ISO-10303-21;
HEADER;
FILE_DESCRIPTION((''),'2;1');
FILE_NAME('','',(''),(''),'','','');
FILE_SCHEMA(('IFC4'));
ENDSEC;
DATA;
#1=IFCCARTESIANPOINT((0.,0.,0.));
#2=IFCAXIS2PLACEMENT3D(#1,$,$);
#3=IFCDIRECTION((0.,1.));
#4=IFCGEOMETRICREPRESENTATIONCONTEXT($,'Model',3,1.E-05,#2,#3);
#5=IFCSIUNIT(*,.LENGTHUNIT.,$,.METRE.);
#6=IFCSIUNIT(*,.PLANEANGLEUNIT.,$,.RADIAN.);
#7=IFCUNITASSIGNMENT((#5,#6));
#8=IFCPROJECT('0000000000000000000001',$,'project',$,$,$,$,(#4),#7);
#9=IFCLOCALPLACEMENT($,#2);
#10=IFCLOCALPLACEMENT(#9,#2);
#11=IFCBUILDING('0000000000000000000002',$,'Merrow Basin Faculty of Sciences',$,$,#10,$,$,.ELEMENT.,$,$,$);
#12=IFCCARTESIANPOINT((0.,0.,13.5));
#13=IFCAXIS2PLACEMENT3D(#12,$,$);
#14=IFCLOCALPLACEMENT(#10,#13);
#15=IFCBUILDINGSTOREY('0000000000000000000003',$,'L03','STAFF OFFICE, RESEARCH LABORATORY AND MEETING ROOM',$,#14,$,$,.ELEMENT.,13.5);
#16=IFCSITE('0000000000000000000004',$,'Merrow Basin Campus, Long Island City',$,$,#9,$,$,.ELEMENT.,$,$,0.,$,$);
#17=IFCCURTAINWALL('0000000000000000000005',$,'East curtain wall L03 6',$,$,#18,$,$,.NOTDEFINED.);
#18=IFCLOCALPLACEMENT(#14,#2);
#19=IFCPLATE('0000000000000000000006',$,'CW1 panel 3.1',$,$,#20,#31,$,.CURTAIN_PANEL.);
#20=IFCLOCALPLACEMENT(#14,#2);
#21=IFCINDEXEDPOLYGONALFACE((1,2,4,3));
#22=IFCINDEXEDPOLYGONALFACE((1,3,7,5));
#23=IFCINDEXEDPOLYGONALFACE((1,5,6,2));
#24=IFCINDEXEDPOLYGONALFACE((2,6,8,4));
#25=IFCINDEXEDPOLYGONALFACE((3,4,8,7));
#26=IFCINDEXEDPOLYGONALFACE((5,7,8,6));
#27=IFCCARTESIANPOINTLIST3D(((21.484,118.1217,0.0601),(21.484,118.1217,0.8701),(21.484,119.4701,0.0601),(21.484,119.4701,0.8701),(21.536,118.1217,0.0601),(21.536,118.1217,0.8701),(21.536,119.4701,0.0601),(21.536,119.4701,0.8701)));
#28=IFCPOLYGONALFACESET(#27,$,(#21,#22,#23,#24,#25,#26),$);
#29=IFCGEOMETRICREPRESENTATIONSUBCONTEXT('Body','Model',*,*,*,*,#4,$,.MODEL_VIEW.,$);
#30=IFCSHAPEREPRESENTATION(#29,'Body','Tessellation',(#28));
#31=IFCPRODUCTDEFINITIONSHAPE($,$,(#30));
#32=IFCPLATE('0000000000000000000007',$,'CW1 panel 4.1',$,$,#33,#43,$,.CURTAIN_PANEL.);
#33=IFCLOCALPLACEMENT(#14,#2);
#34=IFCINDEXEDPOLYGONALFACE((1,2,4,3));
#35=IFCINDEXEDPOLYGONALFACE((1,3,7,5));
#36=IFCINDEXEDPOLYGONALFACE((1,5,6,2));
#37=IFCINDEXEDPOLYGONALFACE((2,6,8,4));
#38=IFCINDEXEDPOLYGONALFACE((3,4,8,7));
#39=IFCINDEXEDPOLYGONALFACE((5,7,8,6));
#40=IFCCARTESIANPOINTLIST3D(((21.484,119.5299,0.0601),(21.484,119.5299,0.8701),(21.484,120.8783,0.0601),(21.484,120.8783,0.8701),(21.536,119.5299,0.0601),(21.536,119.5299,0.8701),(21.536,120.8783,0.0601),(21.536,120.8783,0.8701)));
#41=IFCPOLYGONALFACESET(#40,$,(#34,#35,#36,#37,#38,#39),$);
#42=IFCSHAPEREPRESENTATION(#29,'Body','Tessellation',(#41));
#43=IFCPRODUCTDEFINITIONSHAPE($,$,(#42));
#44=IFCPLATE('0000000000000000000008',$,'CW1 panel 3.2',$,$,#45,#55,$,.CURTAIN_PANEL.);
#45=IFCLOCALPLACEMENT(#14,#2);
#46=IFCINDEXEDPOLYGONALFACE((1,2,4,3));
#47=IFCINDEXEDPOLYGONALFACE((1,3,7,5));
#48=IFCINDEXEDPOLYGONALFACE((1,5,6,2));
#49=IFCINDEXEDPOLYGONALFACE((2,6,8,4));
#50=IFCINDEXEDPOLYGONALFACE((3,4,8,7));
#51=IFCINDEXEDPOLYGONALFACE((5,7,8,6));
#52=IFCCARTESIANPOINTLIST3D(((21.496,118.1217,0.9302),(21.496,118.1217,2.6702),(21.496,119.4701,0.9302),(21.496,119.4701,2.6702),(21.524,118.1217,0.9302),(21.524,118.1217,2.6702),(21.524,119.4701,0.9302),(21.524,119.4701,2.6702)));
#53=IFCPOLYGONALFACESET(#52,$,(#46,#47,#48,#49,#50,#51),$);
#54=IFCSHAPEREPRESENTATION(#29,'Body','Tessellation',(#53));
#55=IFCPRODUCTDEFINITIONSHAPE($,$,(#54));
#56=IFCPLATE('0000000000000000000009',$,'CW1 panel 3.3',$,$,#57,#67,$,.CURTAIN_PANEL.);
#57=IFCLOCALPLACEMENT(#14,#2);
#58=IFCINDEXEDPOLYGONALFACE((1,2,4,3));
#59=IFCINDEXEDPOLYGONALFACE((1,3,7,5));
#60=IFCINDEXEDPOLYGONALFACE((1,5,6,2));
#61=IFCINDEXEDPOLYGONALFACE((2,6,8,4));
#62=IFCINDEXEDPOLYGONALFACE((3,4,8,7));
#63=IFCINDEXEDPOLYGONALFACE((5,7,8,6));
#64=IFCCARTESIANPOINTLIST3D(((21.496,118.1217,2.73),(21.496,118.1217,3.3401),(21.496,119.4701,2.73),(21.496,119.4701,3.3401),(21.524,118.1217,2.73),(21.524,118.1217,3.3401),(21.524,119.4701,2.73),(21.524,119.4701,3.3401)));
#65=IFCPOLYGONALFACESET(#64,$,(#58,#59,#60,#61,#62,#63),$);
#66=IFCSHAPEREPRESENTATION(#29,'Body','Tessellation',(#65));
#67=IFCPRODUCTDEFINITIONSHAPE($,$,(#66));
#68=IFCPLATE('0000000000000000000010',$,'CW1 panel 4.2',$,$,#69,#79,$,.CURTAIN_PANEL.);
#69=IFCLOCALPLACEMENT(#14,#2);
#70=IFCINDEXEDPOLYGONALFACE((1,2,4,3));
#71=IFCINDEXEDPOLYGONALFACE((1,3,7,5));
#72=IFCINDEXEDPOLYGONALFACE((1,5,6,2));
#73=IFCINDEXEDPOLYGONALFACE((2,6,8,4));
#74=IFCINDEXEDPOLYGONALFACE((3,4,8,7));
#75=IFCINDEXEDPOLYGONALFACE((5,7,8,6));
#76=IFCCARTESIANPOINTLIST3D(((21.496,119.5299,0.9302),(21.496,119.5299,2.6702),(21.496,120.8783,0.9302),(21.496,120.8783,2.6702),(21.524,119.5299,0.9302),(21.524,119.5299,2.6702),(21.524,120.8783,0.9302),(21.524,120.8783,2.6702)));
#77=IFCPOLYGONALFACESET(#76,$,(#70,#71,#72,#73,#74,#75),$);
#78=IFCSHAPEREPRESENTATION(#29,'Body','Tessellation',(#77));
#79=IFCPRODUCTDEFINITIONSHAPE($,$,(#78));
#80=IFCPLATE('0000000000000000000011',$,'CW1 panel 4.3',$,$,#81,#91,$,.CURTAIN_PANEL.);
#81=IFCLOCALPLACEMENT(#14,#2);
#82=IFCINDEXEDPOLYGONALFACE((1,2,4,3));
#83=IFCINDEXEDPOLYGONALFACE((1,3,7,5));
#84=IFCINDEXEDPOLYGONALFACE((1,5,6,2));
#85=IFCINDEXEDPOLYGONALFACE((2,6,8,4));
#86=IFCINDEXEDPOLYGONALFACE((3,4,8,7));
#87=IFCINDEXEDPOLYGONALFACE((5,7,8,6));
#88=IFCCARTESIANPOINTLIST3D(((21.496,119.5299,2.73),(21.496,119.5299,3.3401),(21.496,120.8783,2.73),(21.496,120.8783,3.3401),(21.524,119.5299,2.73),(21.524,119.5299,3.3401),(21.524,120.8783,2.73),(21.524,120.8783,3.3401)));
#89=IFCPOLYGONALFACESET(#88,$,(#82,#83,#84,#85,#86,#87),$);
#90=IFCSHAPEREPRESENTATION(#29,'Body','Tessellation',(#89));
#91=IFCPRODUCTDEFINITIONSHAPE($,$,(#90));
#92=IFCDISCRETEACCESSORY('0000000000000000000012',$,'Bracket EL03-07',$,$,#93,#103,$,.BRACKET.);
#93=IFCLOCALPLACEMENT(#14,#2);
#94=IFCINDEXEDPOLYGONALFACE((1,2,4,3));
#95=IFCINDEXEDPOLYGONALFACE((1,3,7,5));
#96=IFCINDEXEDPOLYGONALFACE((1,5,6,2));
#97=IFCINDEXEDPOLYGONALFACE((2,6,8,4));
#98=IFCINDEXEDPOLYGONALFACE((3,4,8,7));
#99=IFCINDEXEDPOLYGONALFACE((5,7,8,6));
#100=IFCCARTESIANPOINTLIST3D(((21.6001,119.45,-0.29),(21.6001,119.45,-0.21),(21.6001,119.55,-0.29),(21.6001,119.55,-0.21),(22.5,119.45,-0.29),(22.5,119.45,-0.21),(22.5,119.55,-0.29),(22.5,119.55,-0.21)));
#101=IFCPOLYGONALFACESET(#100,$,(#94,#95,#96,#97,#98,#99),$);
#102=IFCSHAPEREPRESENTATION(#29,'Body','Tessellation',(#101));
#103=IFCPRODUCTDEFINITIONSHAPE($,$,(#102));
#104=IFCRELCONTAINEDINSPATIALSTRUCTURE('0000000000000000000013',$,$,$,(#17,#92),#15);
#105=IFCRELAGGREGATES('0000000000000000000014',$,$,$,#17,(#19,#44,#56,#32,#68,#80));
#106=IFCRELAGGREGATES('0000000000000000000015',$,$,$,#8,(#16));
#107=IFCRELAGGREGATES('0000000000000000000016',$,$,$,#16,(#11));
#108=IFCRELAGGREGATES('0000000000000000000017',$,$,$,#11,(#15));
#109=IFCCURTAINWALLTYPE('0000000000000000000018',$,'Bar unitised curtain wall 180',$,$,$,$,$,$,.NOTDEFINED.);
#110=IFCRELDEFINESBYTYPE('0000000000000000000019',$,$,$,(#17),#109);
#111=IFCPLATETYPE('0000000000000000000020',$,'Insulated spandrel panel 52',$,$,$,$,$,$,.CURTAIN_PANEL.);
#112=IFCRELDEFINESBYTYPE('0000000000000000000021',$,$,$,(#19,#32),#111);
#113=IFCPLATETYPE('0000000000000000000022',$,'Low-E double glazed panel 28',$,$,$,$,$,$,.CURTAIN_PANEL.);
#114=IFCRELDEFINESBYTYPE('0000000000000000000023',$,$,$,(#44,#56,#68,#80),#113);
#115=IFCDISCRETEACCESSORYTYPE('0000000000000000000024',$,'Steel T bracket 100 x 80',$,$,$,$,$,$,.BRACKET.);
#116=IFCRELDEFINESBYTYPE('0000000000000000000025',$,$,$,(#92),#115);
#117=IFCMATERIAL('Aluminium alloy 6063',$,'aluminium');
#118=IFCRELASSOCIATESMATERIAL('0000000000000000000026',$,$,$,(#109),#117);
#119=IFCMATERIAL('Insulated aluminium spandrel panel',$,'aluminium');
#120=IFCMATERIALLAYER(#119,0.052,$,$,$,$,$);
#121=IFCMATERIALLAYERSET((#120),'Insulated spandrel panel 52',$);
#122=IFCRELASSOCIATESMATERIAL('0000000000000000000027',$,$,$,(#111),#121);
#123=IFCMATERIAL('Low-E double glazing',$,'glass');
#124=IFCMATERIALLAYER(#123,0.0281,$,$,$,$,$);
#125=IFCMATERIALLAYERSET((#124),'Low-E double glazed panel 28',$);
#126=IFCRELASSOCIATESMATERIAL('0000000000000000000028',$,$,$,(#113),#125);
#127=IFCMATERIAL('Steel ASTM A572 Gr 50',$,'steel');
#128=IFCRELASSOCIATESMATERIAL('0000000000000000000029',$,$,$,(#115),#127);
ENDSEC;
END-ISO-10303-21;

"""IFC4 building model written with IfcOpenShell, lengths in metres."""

from ifc_helpers import new_model, si_unit, direction, frame, origin, origin_2d, place, context, subcontext, project, spatial, polyline, rectangle, outline, extrude, source, transform, mapped, material, layer, layer_set, type_object, element, aggregate, save


model = new_model("IFC4")

# Units and contexts
model_context = context("Model", 3, precision=1e-05, world=origin(), true_north=direction((0.0, 1.0)))
body_context = subcontext(model_context, "Body", "Model", "MODEL_VIEW")
ifc_project = project(units=[si_unit("LENGTHUNIT", "METRE"), si_unit("PLANEANGLEUNIT", "RADIAN")], contexts=[model_context])

# Site, building, storey
site_placement = place(None, origin())
site = spatial("IfcSite", under=ifc_project, at=site_placement, Name="Merrow Basin Campus, Long Island City", CompositionType="ELEMENT", RefElevation=0.0)
building_placement = place(site_placement, origin())
building = spatial("IfcBuilding", under=site, at=building_placement, Name="Merrow Basin Faculty of Sciences", CompositionType="ELEMENT")
storey_placement = place(building_placement, frame((0.0, 0.0, 13.5)))
storey = spatial("IfcBuildingStorey", under=building, at=storey_placement, Name="L03", Description="STAFF OFFICE, RESEARCH LABORATORY AND MEETING ROOM", CompositionType="ELEMENT", Elevation=13.5)

# Curtain wall, plates
ifc_material_1 = material(Name="Aluminium alloy 6063", Category="aluminium")
curtain_wall_type = type_object("IfcCurtainWallType", Name="Bar unitised curtain wall 180", PredefinedType="NOTDEFINED", material=ifc_material_1)
curtain_wall_placement = place(storey_placement, origin())
curtain_wall = element("IfcCurtainWall", 1, at=curtain_wall_placement, inside=storey, type_object=curtain_wall_type, Name="East curtain wall L03 6", PredefinedType="NOTDEFINED")
ifc_material_2 = material(Name="Insulated aluminium spandrel panel", Category="aluminium")
ifc_layer_1 = layer(ifc_material_2, 0.052)
ifc_layer_set_1 = layer_set([ifc_layer_1], Name="Insulated spandrel panel 52")
plate_type_1 = type_object("IfcPlateType", Name="Insulated spandrel panel 52", PredefinedType="CURTAIN_PANEL", material=ifc_layer_set_1)
plate_1_placement = place(storey_placement, frame((21.51, 118.7959, 0.0601), z_axis=(0.0, 0.0, 1.0), x_axis=(0.0, 1.0, 0.0)))
plate_1 = element("IfcPlate", 2, at=plate_1_placement, type_object=plate_type_1, Name="CW1 panel 3.1", PredefinedType="CURTAIN_PANEL", context=body_context, shape_type="SweptSolid", body=[
    extrude(rectangle(XDim=1.3484, YDim=0.052, at=origin_2d()), origin(), (0.0, 0.0, 1.0), 0.8101),
])
plate_2_placement = place(storey_placement, frame((21.51, 120.2041, 0.0601), z_axis=(0.0, 0.0, 1.0), x_axis=(0.0, 1.0, 0.0)))
plate_2 = element("IfcPlate", 3, at=plate_2_placement, type_object=plate_type_1, Name="CW1 panel 4.1", PredefinedType="CURTAIN_PANEL", context=body_context, shape_type="SweptSolid", body=[
    extrude(rectangle(XDim=1.3484, YDim=0.052, at=origin_2d()), origin(), (0.0, 0.0, 1.0), 0.8101),
])
ifc_material_3 = material(Name="Low-E double glazing", Category="glass")
ifc_layer_2 = layer(ifc_material_3, 0.0281)
ifc_layer_set_2 = layer_set([ifc_layer_2], Name="Low-E double glazed panel 28")
plate_type_2 = type_object("IfcPlateType", Name="Low-E double glazed panel 28", PredefinedType="CURTAIN_PANEL", material=ifc_layer_set_2)
plate_3_placement = place(storey_placement, frame((21.51, 118.7959, 0.9302), z_axis=(0.0, 0.0, 1.0), x_axis=(0.0, 1.0, 0.0)))
plate_3 = element("IfcPlate", 4, at=plate_3_placement, type_object=plate_type_2, Name="CW1 panel 3.2", PredefinedType="CURTAIN_PANEL", context=body_context, shape_type="SweptSolid", body=[
    extrude(rectangle(XDim=1.3484, YDim=0.0281, at=origin_2d()), origin(), (0.0, 0.0, 1.0), 1.74),
])
plate_4_placement = place(storey_placement, frame((21.51, 118.7959, 2.73), z_axis=(0.0, 0.0, 1.0), x_axis=(0.0, 1.0, 0.0)))
plate_4 = element("IfcPlate", 5, at=plate_4_placement, type_object=plate_type_2, Name="CW1 panel 3.3", PredefinedType="CURTAIN_PANEL", context=body_context, shape_type="SweptSolid", body=[
    extrude(rectangle(XDim=1.3484, YDim=0.0281, at=origin_2d()), origin(), (0.0, 0.0, 1.0), 0.6101),
])
plate_5_placement = place(storey_placement, frame((21.51, 120.2041, 0.9302), z_axis=(0.0, 0.0, 1.0), x_axis=(0.0, 1.0, 0.0)))
plate_5 = element("IfcPlate", 6, at=plate_5_placement, type_object=plate_type_2, Name="CW1 panel 4.2", PredefinedType="CURTAIN_PANEL", context=body_context, shape_type="SweptSolid", body=[
    extrude(rectangle(XDim=1.3484, YDim=0.0281, at=origin_2d()), origin(), (0.0, 0.0, 1.0), 1.74),
])
plate_6_placement = place(storey_placement, frame((21.51, 120.2041, 2.73), z_axis=(0.0, 0.0, 1.0), x_axis=(0.0, 1.0, 0.0)))
plate_6 = element("IfcPlate", 7, at=plate_6_placement, type_object=plate_type_2, Name="CW1 panel 4.3", PredefinedType="CURTAIN_PANEL", context=body_context, shape_type="SweptSolid", body=[
    extrude(rectangle(XDim=1.3484, YDim=0.0281, at=origin_2d()), origin(), (0.0, 0.0, 1.0), 0.6101),
])
aggregate(curtain_wall, [plate_1, plate_3, plate_4, plate_2, plate_5, plate_6])

# Discrete accessory
ifc_material_4 = material(Name="Steel ASTM A572 Gr 50", Category="steel")
discrete_accessory_type = type_object("IfcDiscreteAccessoryType", Name="Steel T bracket 100 x 80", PredefinedType="BRACKET", material=ifc_material_4)
shared_shape = source(origin(), body_context, "Body", "SweptSolid", [
    extrude(outline(polyline([(0.0, 0.0), (0.1001, 0.0), (0.1001, 0.0801), (0.0, 0.0801), (0.0, 0.0)])), origin(), (0.0, 0.0, 1.0), 0.8999),
])
discrete_accessory_placement = place(storey_placement, frame((22.5, 119.55, -0.29), z_axis=(-1.0, 0.0, 0.0), x_axis=(0.0, -1.0, 0.0)))
element("IfcDiscreteAccessory", 8, at=discrete_accessory_placement, inside=storey, type_object=discrete_accessory_type, Name="Bracket EL03-07", PredefinedType="BRACKET", context=body_context, shape_type="MappedRepresentation", body=[
    mapped(shared_shape, transform((0.0, 0.0, 0.0), scale=1.0)),
])

save(model, "model.ifc")
